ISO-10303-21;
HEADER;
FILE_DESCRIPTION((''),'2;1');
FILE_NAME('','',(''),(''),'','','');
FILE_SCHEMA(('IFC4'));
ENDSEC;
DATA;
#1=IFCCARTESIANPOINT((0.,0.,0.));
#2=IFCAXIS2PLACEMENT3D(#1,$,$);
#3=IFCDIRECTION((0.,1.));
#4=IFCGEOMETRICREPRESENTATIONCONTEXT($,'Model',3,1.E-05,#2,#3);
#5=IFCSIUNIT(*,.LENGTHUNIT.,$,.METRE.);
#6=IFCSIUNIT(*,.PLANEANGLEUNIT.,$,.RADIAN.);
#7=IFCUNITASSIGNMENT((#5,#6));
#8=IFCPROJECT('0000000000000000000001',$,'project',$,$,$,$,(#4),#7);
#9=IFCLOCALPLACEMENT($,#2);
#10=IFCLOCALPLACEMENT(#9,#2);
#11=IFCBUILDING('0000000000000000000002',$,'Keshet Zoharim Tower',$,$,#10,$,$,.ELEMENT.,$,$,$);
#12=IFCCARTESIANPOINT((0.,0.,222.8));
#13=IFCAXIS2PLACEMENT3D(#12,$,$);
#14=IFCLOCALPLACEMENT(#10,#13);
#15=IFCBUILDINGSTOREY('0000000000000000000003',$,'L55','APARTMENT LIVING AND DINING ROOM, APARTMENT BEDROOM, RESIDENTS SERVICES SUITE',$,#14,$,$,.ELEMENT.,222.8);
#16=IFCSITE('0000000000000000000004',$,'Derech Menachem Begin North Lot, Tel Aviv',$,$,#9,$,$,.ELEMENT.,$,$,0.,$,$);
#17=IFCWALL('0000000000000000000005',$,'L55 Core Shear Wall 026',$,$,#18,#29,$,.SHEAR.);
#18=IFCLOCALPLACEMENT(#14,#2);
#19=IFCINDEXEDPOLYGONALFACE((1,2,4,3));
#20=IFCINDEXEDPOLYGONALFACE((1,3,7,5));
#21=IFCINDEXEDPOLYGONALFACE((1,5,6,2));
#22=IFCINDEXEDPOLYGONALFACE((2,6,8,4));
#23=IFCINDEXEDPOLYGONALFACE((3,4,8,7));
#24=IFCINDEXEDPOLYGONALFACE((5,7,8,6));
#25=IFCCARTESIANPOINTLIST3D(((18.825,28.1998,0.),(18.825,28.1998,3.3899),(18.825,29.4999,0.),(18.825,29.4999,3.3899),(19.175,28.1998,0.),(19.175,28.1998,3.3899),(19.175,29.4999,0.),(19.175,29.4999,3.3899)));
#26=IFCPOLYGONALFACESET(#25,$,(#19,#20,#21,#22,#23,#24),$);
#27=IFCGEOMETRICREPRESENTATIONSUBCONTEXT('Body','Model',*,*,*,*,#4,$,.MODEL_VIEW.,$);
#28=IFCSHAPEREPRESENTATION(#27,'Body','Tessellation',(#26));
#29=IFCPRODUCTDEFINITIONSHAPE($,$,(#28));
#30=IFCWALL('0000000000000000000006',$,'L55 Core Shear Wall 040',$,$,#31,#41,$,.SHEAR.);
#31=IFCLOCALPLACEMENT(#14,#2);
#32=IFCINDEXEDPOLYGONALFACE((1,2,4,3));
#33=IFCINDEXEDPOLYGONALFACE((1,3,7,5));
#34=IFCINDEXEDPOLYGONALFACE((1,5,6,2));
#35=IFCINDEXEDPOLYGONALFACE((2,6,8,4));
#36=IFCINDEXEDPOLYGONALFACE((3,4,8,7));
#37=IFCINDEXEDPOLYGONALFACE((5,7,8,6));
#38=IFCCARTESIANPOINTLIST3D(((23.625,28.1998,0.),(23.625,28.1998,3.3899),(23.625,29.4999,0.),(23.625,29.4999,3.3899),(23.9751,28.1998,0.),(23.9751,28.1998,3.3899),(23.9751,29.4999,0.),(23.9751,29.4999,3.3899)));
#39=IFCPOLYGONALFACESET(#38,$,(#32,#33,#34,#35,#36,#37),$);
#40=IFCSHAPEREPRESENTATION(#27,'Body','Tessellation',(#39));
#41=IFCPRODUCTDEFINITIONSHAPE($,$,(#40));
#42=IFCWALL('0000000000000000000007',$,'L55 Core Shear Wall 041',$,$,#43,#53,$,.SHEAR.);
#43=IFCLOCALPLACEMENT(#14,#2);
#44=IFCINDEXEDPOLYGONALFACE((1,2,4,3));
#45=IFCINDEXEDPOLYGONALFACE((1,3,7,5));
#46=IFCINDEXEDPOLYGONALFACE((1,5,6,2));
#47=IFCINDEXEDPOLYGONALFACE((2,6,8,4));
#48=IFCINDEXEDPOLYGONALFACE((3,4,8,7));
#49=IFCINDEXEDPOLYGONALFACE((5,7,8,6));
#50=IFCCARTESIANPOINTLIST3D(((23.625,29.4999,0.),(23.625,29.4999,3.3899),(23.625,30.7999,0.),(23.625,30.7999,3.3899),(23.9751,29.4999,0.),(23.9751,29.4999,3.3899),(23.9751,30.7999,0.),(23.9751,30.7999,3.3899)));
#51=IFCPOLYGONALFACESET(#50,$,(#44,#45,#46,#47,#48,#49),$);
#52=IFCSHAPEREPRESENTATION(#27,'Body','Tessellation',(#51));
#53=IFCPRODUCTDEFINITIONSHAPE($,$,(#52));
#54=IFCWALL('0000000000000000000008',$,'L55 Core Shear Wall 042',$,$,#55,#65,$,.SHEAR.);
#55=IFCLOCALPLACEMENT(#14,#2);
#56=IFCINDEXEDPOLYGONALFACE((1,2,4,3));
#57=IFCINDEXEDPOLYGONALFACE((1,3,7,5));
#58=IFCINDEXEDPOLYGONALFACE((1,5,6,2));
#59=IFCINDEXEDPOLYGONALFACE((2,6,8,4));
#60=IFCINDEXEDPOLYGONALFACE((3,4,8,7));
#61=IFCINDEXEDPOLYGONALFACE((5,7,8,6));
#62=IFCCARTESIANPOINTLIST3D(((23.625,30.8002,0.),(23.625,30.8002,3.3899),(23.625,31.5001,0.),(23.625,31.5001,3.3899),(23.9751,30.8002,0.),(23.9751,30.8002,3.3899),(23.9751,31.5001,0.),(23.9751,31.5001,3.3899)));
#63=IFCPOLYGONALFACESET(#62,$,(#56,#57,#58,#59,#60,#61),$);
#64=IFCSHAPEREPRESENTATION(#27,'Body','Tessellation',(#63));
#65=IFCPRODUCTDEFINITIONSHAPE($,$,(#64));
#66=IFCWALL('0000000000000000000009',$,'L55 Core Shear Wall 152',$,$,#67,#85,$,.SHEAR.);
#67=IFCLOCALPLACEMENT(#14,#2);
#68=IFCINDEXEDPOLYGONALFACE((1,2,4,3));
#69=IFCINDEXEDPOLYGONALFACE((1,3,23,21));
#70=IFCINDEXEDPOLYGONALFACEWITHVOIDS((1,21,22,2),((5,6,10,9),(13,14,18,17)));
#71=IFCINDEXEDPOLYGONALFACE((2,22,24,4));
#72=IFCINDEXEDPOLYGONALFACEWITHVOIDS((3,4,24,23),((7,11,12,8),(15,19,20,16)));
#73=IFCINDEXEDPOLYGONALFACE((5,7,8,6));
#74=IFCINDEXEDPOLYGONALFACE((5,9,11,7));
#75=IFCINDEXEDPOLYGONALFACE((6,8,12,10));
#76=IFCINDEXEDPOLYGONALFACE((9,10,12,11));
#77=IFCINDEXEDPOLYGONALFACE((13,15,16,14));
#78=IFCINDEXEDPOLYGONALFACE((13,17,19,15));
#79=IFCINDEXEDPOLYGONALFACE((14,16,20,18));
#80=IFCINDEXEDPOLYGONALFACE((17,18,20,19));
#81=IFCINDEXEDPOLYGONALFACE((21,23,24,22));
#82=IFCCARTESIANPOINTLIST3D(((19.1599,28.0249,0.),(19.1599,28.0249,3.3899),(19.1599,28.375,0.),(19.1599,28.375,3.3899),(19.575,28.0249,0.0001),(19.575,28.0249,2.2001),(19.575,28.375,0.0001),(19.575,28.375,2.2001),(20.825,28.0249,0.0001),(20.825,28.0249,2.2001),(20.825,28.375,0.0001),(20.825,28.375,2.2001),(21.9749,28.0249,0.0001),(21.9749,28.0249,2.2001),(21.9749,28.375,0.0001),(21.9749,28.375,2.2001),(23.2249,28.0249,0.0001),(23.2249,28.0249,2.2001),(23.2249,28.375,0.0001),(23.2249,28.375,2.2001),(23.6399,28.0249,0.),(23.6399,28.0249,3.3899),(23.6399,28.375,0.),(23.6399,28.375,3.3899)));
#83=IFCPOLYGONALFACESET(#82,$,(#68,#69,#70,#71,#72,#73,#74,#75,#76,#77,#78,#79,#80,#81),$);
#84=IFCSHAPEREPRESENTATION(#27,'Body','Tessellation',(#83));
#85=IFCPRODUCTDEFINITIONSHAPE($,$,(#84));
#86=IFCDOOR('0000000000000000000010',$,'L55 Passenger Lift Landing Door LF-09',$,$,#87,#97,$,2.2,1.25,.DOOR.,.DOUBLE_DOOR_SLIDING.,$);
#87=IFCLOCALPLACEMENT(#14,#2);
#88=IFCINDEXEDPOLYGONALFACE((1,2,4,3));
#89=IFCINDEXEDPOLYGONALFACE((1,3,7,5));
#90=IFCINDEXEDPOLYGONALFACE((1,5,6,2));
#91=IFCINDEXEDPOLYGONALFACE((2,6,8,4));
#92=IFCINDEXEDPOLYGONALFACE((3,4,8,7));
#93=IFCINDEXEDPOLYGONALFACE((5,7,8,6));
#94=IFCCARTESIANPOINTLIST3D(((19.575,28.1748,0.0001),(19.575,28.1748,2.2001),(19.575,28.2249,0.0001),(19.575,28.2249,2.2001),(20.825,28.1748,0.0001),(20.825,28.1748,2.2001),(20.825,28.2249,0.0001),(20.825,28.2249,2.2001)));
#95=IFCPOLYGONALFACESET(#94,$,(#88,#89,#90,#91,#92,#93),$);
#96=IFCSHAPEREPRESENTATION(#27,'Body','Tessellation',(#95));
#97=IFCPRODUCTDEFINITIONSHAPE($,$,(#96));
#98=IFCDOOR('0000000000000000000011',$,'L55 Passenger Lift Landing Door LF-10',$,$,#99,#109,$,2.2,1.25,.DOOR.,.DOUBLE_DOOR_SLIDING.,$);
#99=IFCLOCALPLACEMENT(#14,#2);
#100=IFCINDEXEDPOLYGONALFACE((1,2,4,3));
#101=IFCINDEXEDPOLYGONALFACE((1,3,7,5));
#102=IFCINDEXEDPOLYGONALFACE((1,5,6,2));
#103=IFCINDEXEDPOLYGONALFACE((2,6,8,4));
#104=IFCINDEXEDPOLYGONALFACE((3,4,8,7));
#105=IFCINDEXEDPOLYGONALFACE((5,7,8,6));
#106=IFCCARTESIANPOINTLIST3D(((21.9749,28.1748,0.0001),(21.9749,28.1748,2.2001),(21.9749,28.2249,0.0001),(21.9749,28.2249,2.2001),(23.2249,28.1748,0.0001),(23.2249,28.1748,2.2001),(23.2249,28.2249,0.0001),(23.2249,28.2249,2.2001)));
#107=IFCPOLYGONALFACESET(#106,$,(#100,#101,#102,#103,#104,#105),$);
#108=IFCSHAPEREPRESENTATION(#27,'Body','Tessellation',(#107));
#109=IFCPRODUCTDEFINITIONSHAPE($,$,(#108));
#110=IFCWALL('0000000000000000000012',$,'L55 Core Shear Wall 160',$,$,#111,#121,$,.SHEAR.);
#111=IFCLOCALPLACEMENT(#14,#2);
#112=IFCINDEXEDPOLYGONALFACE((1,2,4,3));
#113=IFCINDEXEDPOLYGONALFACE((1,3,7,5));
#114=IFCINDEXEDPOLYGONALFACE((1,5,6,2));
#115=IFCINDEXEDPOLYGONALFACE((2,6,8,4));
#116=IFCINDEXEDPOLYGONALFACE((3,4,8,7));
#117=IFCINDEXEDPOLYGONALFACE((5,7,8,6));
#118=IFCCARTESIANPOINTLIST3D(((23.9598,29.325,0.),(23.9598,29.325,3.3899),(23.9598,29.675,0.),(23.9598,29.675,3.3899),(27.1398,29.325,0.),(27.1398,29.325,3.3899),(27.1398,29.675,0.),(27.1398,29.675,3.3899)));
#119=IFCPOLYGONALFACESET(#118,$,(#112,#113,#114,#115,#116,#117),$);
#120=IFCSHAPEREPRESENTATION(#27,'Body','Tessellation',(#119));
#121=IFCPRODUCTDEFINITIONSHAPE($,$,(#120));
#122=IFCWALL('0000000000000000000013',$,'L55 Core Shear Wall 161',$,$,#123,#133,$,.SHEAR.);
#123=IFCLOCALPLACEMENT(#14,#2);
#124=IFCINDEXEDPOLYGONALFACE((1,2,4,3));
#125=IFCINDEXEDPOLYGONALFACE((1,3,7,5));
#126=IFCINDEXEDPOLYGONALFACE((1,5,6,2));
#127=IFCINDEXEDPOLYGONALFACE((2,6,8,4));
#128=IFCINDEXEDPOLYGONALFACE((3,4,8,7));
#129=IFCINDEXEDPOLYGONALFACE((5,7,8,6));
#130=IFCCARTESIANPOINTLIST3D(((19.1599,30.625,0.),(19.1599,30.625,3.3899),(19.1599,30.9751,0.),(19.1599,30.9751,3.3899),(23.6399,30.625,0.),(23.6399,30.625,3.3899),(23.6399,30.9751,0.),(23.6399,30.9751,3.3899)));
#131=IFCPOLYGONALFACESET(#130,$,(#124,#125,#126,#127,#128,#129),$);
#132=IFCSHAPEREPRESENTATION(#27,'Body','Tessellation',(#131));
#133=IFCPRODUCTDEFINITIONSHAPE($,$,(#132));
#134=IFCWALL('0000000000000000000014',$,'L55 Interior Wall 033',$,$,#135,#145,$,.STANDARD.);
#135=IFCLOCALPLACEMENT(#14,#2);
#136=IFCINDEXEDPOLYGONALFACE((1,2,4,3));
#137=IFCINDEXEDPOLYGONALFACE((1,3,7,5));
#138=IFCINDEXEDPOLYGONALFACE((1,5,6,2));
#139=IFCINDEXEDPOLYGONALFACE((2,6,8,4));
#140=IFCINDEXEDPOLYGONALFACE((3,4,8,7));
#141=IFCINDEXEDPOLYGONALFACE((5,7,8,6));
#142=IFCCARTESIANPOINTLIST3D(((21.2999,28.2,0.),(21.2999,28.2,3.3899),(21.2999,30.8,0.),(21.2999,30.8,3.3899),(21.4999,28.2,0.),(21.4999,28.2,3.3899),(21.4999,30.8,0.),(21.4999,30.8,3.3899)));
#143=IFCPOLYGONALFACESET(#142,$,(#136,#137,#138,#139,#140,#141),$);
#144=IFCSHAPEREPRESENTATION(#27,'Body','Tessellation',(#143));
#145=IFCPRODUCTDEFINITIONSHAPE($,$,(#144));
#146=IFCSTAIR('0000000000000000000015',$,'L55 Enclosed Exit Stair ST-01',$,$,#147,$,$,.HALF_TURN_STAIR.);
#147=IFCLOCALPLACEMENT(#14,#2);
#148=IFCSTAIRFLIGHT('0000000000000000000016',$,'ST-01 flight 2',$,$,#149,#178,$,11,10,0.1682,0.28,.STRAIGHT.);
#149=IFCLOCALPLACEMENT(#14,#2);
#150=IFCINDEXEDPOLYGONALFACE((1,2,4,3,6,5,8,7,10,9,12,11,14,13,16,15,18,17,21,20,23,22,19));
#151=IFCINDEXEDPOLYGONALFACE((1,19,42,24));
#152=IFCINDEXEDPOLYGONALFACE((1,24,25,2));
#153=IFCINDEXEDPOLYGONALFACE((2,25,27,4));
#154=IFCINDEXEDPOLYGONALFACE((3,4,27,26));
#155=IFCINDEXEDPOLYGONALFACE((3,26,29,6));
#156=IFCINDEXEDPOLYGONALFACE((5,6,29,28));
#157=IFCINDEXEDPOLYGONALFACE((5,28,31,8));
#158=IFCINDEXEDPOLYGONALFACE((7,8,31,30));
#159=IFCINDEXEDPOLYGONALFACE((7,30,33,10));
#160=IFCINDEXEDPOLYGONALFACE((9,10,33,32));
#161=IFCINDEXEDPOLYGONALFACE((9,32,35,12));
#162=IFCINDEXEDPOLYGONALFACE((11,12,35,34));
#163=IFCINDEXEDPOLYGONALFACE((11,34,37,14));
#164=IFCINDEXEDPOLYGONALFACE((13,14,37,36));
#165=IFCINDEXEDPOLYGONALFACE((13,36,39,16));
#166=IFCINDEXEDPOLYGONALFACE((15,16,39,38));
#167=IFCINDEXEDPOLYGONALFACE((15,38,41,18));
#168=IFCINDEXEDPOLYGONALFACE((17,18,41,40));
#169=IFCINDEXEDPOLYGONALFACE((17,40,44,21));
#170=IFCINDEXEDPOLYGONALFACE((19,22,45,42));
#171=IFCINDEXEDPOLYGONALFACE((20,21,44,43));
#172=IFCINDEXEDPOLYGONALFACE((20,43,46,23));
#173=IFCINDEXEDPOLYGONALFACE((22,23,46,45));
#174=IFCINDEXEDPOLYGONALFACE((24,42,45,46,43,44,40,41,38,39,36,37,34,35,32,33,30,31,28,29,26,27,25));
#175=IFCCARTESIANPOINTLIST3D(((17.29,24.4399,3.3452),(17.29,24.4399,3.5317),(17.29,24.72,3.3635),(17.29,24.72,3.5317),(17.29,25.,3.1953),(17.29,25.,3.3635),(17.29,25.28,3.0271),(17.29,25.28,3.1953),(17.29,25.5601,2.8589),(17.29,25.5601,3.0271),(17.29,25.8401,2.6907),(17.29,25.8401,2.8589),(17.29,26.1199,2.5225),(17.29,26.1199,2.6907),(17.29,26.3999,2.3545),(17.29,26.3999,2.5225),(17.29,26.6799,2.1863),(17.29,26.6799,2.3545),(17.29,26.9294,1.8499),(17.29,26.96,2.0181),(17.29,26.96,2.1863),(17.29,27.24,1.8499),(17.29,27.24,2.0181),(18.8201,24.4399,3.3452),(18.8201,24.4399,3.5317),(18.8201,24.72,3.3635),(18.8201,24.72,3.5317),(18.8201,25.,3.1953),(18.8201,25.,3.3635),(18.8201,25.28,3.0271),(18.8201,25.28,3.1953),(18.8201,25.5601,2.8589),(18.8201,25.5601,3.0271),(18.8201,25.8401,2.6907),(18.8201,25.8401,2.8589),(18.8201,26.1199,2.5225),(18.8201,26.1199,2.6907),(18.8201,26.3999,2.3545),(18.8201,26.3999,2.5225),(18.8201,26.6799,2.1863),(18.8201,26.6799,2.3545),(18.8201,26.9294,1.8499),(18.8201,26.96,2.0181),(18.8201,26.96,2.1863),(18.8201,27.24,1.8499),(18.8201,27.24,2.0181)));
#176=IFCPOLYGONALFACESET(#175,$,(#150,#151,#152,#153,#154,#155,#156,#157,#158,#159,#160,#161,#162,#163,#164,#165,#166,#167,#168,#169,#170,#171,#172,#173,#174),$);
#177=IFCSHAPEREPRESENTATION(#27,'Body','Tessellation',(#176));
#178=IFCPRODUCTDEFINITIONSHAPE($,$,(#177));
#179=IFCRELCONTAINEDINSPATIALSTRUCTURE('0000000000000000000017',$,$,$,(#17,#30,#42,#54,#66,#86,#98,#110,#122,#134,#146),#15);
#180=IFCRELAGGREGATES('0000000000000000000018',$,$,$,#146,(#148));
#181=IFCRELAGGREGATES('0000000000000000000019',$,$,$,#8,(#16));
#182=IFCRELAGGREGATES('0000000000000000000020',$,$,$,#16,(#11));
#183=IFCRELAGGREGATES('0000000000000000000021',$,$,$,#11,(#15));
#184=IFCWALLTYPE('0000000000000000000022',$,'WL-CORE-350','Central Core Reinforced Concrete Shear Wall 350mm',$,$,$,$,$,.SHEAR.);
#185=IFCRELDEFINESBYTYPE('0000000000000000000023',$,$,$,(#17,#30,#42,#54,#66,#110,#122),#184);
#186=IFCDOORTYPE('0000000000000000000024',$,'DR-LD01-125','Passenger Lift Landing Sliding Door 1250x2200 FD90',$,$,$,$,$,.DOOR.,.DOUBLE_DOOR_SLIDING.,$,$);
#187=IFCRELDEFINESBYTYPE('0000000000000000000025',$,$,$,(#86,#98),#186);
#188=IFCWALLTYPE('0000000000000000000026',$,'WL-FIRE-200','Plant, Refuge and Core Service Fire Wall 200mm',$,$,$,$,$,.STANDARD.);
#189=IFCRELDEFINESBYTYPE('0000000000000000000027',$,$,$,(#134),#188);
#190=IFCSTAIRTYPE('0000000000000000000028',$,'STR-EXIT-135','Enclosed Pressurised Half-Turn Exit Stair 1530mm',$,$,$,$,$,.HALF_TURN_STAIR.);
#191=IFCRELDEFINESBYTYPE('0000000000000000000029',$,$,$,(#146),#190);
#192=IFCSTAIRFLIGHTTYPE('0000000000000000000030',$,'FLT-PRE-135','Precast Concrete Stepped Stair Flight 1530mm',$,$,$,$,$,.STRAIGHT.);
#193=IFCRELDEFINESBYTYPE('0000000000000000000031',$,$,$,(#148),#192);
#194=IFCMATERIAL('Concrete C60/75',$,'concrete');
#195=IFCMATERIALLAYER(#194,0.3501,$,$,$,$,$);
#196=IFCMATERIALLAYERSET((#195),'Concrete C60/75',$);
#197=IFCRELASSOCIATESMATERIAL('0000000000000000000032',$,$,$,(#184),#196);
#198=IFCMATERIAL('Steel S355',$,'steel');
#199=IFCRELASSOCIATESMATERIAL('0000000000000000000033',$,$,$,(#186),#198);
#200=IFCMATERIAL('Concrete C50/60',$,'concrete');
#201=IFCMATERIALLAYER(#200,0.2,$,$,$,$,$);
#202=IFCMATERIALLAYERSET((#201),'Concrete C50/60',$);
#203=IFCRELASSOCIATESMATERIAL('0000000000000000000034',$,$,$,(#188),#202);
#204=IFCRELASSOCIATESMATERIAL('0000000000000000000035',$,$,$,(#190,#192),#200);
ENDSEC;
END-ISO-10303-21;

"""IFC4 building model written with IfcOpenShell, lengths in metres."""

from ifc_helpers import new_model, si_unit, direction, frame, frame_2d, origin, place, context, subcontext, project, spatial, polyline, rectangle, outline, extrude, material, layer, layer_set, type_object, element, fill, aggregate, save


model = new_model("IFC4")

# Units and contexts
model_context = context("Model", 3, precision=1e-05, world=origin(), true_north=direction((0.0, 1.0)))
body_context = subcontext(model_context, "Body", "Model", "MODEL_VIEW")
ifc_project = project(units=[si_unit("LENGTHUNIT", "METRE"), si_unit("PLANEANGLEUNIT", "RADIAN")], contexts=[model_context])

# Site, building, storey
site_placement = place(None, origin())
site = spatial("IfcSite", under=ifc_project, at=site_placement, Name="Derech Menachem Begin North Lot, Tel Aviv", CompositionType="ELEMENT", RefElevation=0.0)
building_placement = place(site_placement, origin())
building = spatial("IfcBuilding", under=site, at=building_placement, Name="Keshet Zoharim Tower", CompositionType="ELEMENT")
storey_placement = place(building_placement, frame((0.0, 0.0, 222.8)))
storey = spatial("IfcBuildingStorey", under=building, at=storey_placement, Name="L55", Description="APARTMENT LIVING AND DINING ROOM, APARTMENT BEDROOM, RESIDENTS SERVICES SUITE", CompositionType="ELEMENT", Elevation=222.8)

# Wall
ifc_material_1 = material(Name="Concrete C60/75", Category="concrete")
ifc_layer_1 = layer(ifc_material_1, 0.3501)
ifc_layer_set_1 = layer_set([ifc_layer_1], Name="Concrete C60/75")
wall_type_1 = type_object("IfcWallType", Name="WL-CORE-350", Description="Central Core Reinforced Concrete Shear Wall 350mm", PredefinedType="SHEAR", material=ifc_layer_set_1)
wall_1_placement = place(storey_placement, frame((19.0, 28.2, 0.0), z_axis=(0.0, 0.0, 1.0), x_axis=(0.0, 1.0, 0.0)))
element("IfcWall", 1, at=wall_1_placement, inside=storey, type_object=wall_type_1, Name="L55 Core Shear Wall 026", PredefinedType="SHEAR", context=body_context, shape_type="SweptSolid", body=[
    extrude(rectangle(XDim=1.3, YDim=0.3501, at=frame_2d((0.6499, 0.0))), origin(), (0.0, 0.0, 1.0), 3.3899),
])

# Walls
for number, where, z_axis, x_axis, name in (
    (2, (23.8, 28.2, 0.0), (0.0, 0.0, 1.0), (0.0, 1.0, 0.0), "L55 Core Shear Wall 040"),
    (3, (23.8, 29.5, 0.0), (0.0, 0.0, 1.0), (0.0, 1.0, 0.0), "L55 Core Shear Wall 041"),
):
    element("IfcWall", number, at=place(storey_placement, frame(where, z_axis=z_axis, x_axis=x_axis)), inside=storey, type_object=wall_type_1, Name=name, PredefinedType="SHEAR", context=body_context, shape_type="SweptSolid", body=[
        extrude(rectangle(XDim=1.3, YDim=0.3501, at=frame_2d((0.6499, 0.0))), origin(), (0.0, 0.0, 1.0), 3.3899),
    ])
wall_2_placement = place(storey_placement, frame((23.8, 30.8, 0.0), z_axis=(0.0, 0.0, 1.0), x_axis=(0.0, 1.0, 0.0)))
element("IfcWall", 4, at=wall_2_placement, inside=storey, type_object=wall_type_1, Name="L55 Core Shear Wall 042", PredefinedType="SHEAR", context=body_context, shape_type="SweptSolid", body=[
    extrude(rectangle(XDim=0.7, YDim=0.3501, at=frame_2d((0.3501, 0.0))), origin(), (0.0, 0.0, 1.0), 3.3899),
])

# Wall, openings, doors
wall_3_placement = place(storey_placement, frame((19.1599, 28.2, 0.0), z_axis=(0.0, 0.0, 1.0), x_axis=(1.0, 0.0, 0.0)))
wall_3 = element("IfcWall", 5, at=wall_3_placement, inside=storey, type_object=wall_type_1, Name="L55 Core Shear Wall 152", PredefinedType="SHEAR", context=body_context, shape_type="SweptSolid", body=[
    extrude(rectangle(XDim=4.48, YDim=0.3501, at=frame_2d((2.24, 0.0))), origin(), (0.0, 0.0, 1.0), 3.3899),
])
opening_1_placement = place(wall_3_placement, frame((0.415, 0.0, 0.0)))
opening_1 = element("IfcOpeningElement", 6, at=opening_1_placement, cuts=wall_3, PredefinedType="OPENING", context=body_context, shape_type="SweptSolid", body=[
    extrude(rectangle(XDim=1.25, YDim=2.2, at=frame_2d((0.625, 1.1001))), frame((0.0, 0.1851, 0.0), z_axis=(0.0, -1.0, 0.0), x_axis=(1.0, 0.0, 0.0)), (0.0, 0.0, 1.0), 0.3701),
])
opening_2_placement = place(wall_3_placement, frame((2.8149, 0.0, 0.0)))
opening_2 = element("IfcOpeningElement", 7, at=opening_2_placement, cuts=wall_3, PredefinedType="OPENING", context=body_context, shape_type="SweptSolid", body=[
    extrude(rectangle(XDim=1.25, YDim=2.2, at=frame_2d((0.625, 1.1001))), frame((0.0, 0.1851, 0.0), z_axis=(0.0, -1.0, 0.0), x_axis=(1.0, 0.0, 0.0)), (0.0, 0.0, 1.0), 0.3701),
])
ifc_material_2 = material(Name="Steel S355", Category="steel")
door_type_1 = type_object("IfcDoorType", Name="DR-LD01-125", Description="Passenger Lift Landing Sliding Door 1250x2200 FD90", OperationType="DOUBLE_DOOR_SLIDING", PredefinedType="DOOR", material=ifc_material_2)
door_1_placement = place(opening_1_placement, origin())
door_1 = element("IfcDoor", 8, at=door_1_placement, inside=storey, type_object=door_type_1, Name="L55 Passenger Lift Landing Door LF-09", OperationType="DOUBLE_DOOR_SLIDING", OverallHeight=2.2, OverallWidth=1.25, PredefinedType="DOOR", context=body_context, shape_type="SweptSolid", body=[
    extrude(rectangle(XDim=1.25, YDim=2.2, at=frame_2d((0.625, 1.1001))), frame((0.0, 0.0249, 0.0), z_axis=(0.0, -1.0, 0.0), x_axis=(1.0, 0.0, 0.0)), (0.0, 0.0, 1.0), 0.05),
])
fill(opening_1, door_1)
door_2_placement = place(opening_2_placement, origin())
door_2 = element("IfcDoor", 9, at=door_2_placement, inside=storey, type_object=door_type_1, Name="L55 Passenger Lift Landing Door LF-10", OperationType="DOUBLE_DOOR_SLIDING", OverallHeight=2.2, OverallWidth=1.25, PredefinedType="DOOR", context=body_context, shape_type="SweptSolid", body=[
    extrude(rectangle(XDim=1.25, YDim=2.2, at=frame_2d((0.625, 1.1001))), frame((0.0, 0.0249, 0.0), z_axis=(0.0, -1.0, 0.0), x_axis=(1.0, 0.0, 0.0)), (0.0, 0.0, 1.0), 0.05),
])
fill(opening_2, door_2)

# Walls
wall_4_placement = place(storey_placement, frame((23.96, 29.5, 0.0), z_axis=(0.0, 0.0, 1.0), x_axis=(1.0, 0.0, 0.0)))
element("IfcWall", 10, at=wall_4_placement, inside=storey, type_object=wall_type_1, Name="L55 Core Shear Wall 160", PredefinedType="SHEAR", context=body_context, shape_type="SweptSolid", body=[
    extrude(rectangle(XDim=3.1799, YDim=0.3501, at=frame_2d((1.5898, 0.0))), origin(), (0.0, 0.0, 1.0), 3.3899),
])
wall_5_placement = place(storey_placement, frame((19.1599, 30.8, 0.0), z_axis=(0.0, 0.0, 1.0), x_axis=(1.0, 0.0, 0.0)))
element("IfcWall", 11, at=wall_5_placement, inside=storey, type_object=wall_type_1, Name="L55 Core Shear Wall 161", PredefinedType="SHEAR", context=body_context, shape_type="SweptSolid", body=[
    extrude(rectangle(XDim=4.48, YDim=0.3501, at=frame_2d((2.24, 0.0))), origin(), (0.0, 0.0, 1.0), 3.3899),
])
ifc_material_3 = material(Name="Concrete C50/60", Category="concrete")
ifc_layer_2 = layer(ifc_material_3, 0.2)
ifc_layer_set_2 = layer_set([ifc_layer_2], Name="Concrete C50/60")
wall_type_2 = type_object("IfcWallType", Name="WL-FIRE-200", Description="Plant, Refuge and Core Service Fire Wall 200mm", PredefinedType="STANDARD", material=ifc_layer_set_2)
wall_6_placement = place(storey_placement, frame((21.3999, 28.2, 0.0), z_axis=(0.0, 0.0, 1.0), x_axis=(0.0, 1.0, 0.0)))
element("IfcWall", 12, at=wall_6_placement, inside=storey, type_object=wall_type_2, Name="L55 Interior Wall 033", PredefinedType="STANDARD", context=body_context, shape_type="SweptSolid", body=[
    extrude(rectangle(XDim=2.6001, YDim=0.2, at=frame_2d((1.3, 0.0))), origin(), (0.0, 0.0, 1.0), 3.3899),
])

# Stair, stair flight
stair_type = type_object("IfcStairType", Name="STR-EXIT-135", Description="Enclosed Pressurised Half-Turn Exit Stair 1530mm", PredefinedType="HALF_TURN_STAIR", material=ifc_material_3)
stair_1_placement = place(storey_placement, origin())
stair_1 = element("IfcStair", 13, at=stair_1_placement, inside=storey, type_object=stair_type, Name="L55 Enclosed Exit Stair ST-01", PredefinedType="HALF_TURN_STAIR")
stair_flight_type_1 = type_object("IfcStairFlightType", Name="FLT-PRE-135", Description="Precast Concrete Stepped Stair Flight 1530mm", PredefinedType="STRAIGHT", material=ifc_material_3)
stair_flight_1_placement = place(storey_placement, frame((18.0549, 27.24, 1.8499), z_axis=(0.0, 0.0, 1.0), x_axis=(0.0, -1.0, 0.0)))
stair_flight_1 = element("IfcStairFlight", 14, at=stair_flight_1_placement, type_object=stair_flight_type_1, Name="ST-01 flight 2", NumberOfRisers=11, NumberOfTreads=10, PredefinedType="STRAIGHT", RiserHeight=0.1682, TreadLength=0.28, context=body_context, shape_type="SweptSolid", body=[
    extrude(outline(polyline([(0.0, 0.0), (0.0, 0.1682), (0.28, 0.1682), (0.28, 0.3364), (0.5601, 0.3364), (0.5601, 0.5046), (0.8401, 0.5046), (0.8401, 0.6726), (1.1201, 0.6726), (1.1201, 0.8408), (1.3999, 0.8408), (1.3999, 1.009), (1.6799, 1.009), (1.6799, 1.1772), (1.96, 1.1772), (1.96, 1.3455), (2.24, 1.3455), (2.24, 1.5137), (2.52, 1.5137), (2.52, 1.6819), (2.8, 1.6819), (2.8, 1.8501), (2.8, 1.4954), (0.3105, 0.0), (0.0, 0.0)])), frame((0.0, 0.7651, 0.0), z_axis=(0.0, -1.0, 0.0), x_axis=(1.0, 0.0, 0.0)), (0.0, 0.0, 1.0), 1.53),
])
aggregate(stair_1, [stair_flight_1])

save(model, "model.ifc")
